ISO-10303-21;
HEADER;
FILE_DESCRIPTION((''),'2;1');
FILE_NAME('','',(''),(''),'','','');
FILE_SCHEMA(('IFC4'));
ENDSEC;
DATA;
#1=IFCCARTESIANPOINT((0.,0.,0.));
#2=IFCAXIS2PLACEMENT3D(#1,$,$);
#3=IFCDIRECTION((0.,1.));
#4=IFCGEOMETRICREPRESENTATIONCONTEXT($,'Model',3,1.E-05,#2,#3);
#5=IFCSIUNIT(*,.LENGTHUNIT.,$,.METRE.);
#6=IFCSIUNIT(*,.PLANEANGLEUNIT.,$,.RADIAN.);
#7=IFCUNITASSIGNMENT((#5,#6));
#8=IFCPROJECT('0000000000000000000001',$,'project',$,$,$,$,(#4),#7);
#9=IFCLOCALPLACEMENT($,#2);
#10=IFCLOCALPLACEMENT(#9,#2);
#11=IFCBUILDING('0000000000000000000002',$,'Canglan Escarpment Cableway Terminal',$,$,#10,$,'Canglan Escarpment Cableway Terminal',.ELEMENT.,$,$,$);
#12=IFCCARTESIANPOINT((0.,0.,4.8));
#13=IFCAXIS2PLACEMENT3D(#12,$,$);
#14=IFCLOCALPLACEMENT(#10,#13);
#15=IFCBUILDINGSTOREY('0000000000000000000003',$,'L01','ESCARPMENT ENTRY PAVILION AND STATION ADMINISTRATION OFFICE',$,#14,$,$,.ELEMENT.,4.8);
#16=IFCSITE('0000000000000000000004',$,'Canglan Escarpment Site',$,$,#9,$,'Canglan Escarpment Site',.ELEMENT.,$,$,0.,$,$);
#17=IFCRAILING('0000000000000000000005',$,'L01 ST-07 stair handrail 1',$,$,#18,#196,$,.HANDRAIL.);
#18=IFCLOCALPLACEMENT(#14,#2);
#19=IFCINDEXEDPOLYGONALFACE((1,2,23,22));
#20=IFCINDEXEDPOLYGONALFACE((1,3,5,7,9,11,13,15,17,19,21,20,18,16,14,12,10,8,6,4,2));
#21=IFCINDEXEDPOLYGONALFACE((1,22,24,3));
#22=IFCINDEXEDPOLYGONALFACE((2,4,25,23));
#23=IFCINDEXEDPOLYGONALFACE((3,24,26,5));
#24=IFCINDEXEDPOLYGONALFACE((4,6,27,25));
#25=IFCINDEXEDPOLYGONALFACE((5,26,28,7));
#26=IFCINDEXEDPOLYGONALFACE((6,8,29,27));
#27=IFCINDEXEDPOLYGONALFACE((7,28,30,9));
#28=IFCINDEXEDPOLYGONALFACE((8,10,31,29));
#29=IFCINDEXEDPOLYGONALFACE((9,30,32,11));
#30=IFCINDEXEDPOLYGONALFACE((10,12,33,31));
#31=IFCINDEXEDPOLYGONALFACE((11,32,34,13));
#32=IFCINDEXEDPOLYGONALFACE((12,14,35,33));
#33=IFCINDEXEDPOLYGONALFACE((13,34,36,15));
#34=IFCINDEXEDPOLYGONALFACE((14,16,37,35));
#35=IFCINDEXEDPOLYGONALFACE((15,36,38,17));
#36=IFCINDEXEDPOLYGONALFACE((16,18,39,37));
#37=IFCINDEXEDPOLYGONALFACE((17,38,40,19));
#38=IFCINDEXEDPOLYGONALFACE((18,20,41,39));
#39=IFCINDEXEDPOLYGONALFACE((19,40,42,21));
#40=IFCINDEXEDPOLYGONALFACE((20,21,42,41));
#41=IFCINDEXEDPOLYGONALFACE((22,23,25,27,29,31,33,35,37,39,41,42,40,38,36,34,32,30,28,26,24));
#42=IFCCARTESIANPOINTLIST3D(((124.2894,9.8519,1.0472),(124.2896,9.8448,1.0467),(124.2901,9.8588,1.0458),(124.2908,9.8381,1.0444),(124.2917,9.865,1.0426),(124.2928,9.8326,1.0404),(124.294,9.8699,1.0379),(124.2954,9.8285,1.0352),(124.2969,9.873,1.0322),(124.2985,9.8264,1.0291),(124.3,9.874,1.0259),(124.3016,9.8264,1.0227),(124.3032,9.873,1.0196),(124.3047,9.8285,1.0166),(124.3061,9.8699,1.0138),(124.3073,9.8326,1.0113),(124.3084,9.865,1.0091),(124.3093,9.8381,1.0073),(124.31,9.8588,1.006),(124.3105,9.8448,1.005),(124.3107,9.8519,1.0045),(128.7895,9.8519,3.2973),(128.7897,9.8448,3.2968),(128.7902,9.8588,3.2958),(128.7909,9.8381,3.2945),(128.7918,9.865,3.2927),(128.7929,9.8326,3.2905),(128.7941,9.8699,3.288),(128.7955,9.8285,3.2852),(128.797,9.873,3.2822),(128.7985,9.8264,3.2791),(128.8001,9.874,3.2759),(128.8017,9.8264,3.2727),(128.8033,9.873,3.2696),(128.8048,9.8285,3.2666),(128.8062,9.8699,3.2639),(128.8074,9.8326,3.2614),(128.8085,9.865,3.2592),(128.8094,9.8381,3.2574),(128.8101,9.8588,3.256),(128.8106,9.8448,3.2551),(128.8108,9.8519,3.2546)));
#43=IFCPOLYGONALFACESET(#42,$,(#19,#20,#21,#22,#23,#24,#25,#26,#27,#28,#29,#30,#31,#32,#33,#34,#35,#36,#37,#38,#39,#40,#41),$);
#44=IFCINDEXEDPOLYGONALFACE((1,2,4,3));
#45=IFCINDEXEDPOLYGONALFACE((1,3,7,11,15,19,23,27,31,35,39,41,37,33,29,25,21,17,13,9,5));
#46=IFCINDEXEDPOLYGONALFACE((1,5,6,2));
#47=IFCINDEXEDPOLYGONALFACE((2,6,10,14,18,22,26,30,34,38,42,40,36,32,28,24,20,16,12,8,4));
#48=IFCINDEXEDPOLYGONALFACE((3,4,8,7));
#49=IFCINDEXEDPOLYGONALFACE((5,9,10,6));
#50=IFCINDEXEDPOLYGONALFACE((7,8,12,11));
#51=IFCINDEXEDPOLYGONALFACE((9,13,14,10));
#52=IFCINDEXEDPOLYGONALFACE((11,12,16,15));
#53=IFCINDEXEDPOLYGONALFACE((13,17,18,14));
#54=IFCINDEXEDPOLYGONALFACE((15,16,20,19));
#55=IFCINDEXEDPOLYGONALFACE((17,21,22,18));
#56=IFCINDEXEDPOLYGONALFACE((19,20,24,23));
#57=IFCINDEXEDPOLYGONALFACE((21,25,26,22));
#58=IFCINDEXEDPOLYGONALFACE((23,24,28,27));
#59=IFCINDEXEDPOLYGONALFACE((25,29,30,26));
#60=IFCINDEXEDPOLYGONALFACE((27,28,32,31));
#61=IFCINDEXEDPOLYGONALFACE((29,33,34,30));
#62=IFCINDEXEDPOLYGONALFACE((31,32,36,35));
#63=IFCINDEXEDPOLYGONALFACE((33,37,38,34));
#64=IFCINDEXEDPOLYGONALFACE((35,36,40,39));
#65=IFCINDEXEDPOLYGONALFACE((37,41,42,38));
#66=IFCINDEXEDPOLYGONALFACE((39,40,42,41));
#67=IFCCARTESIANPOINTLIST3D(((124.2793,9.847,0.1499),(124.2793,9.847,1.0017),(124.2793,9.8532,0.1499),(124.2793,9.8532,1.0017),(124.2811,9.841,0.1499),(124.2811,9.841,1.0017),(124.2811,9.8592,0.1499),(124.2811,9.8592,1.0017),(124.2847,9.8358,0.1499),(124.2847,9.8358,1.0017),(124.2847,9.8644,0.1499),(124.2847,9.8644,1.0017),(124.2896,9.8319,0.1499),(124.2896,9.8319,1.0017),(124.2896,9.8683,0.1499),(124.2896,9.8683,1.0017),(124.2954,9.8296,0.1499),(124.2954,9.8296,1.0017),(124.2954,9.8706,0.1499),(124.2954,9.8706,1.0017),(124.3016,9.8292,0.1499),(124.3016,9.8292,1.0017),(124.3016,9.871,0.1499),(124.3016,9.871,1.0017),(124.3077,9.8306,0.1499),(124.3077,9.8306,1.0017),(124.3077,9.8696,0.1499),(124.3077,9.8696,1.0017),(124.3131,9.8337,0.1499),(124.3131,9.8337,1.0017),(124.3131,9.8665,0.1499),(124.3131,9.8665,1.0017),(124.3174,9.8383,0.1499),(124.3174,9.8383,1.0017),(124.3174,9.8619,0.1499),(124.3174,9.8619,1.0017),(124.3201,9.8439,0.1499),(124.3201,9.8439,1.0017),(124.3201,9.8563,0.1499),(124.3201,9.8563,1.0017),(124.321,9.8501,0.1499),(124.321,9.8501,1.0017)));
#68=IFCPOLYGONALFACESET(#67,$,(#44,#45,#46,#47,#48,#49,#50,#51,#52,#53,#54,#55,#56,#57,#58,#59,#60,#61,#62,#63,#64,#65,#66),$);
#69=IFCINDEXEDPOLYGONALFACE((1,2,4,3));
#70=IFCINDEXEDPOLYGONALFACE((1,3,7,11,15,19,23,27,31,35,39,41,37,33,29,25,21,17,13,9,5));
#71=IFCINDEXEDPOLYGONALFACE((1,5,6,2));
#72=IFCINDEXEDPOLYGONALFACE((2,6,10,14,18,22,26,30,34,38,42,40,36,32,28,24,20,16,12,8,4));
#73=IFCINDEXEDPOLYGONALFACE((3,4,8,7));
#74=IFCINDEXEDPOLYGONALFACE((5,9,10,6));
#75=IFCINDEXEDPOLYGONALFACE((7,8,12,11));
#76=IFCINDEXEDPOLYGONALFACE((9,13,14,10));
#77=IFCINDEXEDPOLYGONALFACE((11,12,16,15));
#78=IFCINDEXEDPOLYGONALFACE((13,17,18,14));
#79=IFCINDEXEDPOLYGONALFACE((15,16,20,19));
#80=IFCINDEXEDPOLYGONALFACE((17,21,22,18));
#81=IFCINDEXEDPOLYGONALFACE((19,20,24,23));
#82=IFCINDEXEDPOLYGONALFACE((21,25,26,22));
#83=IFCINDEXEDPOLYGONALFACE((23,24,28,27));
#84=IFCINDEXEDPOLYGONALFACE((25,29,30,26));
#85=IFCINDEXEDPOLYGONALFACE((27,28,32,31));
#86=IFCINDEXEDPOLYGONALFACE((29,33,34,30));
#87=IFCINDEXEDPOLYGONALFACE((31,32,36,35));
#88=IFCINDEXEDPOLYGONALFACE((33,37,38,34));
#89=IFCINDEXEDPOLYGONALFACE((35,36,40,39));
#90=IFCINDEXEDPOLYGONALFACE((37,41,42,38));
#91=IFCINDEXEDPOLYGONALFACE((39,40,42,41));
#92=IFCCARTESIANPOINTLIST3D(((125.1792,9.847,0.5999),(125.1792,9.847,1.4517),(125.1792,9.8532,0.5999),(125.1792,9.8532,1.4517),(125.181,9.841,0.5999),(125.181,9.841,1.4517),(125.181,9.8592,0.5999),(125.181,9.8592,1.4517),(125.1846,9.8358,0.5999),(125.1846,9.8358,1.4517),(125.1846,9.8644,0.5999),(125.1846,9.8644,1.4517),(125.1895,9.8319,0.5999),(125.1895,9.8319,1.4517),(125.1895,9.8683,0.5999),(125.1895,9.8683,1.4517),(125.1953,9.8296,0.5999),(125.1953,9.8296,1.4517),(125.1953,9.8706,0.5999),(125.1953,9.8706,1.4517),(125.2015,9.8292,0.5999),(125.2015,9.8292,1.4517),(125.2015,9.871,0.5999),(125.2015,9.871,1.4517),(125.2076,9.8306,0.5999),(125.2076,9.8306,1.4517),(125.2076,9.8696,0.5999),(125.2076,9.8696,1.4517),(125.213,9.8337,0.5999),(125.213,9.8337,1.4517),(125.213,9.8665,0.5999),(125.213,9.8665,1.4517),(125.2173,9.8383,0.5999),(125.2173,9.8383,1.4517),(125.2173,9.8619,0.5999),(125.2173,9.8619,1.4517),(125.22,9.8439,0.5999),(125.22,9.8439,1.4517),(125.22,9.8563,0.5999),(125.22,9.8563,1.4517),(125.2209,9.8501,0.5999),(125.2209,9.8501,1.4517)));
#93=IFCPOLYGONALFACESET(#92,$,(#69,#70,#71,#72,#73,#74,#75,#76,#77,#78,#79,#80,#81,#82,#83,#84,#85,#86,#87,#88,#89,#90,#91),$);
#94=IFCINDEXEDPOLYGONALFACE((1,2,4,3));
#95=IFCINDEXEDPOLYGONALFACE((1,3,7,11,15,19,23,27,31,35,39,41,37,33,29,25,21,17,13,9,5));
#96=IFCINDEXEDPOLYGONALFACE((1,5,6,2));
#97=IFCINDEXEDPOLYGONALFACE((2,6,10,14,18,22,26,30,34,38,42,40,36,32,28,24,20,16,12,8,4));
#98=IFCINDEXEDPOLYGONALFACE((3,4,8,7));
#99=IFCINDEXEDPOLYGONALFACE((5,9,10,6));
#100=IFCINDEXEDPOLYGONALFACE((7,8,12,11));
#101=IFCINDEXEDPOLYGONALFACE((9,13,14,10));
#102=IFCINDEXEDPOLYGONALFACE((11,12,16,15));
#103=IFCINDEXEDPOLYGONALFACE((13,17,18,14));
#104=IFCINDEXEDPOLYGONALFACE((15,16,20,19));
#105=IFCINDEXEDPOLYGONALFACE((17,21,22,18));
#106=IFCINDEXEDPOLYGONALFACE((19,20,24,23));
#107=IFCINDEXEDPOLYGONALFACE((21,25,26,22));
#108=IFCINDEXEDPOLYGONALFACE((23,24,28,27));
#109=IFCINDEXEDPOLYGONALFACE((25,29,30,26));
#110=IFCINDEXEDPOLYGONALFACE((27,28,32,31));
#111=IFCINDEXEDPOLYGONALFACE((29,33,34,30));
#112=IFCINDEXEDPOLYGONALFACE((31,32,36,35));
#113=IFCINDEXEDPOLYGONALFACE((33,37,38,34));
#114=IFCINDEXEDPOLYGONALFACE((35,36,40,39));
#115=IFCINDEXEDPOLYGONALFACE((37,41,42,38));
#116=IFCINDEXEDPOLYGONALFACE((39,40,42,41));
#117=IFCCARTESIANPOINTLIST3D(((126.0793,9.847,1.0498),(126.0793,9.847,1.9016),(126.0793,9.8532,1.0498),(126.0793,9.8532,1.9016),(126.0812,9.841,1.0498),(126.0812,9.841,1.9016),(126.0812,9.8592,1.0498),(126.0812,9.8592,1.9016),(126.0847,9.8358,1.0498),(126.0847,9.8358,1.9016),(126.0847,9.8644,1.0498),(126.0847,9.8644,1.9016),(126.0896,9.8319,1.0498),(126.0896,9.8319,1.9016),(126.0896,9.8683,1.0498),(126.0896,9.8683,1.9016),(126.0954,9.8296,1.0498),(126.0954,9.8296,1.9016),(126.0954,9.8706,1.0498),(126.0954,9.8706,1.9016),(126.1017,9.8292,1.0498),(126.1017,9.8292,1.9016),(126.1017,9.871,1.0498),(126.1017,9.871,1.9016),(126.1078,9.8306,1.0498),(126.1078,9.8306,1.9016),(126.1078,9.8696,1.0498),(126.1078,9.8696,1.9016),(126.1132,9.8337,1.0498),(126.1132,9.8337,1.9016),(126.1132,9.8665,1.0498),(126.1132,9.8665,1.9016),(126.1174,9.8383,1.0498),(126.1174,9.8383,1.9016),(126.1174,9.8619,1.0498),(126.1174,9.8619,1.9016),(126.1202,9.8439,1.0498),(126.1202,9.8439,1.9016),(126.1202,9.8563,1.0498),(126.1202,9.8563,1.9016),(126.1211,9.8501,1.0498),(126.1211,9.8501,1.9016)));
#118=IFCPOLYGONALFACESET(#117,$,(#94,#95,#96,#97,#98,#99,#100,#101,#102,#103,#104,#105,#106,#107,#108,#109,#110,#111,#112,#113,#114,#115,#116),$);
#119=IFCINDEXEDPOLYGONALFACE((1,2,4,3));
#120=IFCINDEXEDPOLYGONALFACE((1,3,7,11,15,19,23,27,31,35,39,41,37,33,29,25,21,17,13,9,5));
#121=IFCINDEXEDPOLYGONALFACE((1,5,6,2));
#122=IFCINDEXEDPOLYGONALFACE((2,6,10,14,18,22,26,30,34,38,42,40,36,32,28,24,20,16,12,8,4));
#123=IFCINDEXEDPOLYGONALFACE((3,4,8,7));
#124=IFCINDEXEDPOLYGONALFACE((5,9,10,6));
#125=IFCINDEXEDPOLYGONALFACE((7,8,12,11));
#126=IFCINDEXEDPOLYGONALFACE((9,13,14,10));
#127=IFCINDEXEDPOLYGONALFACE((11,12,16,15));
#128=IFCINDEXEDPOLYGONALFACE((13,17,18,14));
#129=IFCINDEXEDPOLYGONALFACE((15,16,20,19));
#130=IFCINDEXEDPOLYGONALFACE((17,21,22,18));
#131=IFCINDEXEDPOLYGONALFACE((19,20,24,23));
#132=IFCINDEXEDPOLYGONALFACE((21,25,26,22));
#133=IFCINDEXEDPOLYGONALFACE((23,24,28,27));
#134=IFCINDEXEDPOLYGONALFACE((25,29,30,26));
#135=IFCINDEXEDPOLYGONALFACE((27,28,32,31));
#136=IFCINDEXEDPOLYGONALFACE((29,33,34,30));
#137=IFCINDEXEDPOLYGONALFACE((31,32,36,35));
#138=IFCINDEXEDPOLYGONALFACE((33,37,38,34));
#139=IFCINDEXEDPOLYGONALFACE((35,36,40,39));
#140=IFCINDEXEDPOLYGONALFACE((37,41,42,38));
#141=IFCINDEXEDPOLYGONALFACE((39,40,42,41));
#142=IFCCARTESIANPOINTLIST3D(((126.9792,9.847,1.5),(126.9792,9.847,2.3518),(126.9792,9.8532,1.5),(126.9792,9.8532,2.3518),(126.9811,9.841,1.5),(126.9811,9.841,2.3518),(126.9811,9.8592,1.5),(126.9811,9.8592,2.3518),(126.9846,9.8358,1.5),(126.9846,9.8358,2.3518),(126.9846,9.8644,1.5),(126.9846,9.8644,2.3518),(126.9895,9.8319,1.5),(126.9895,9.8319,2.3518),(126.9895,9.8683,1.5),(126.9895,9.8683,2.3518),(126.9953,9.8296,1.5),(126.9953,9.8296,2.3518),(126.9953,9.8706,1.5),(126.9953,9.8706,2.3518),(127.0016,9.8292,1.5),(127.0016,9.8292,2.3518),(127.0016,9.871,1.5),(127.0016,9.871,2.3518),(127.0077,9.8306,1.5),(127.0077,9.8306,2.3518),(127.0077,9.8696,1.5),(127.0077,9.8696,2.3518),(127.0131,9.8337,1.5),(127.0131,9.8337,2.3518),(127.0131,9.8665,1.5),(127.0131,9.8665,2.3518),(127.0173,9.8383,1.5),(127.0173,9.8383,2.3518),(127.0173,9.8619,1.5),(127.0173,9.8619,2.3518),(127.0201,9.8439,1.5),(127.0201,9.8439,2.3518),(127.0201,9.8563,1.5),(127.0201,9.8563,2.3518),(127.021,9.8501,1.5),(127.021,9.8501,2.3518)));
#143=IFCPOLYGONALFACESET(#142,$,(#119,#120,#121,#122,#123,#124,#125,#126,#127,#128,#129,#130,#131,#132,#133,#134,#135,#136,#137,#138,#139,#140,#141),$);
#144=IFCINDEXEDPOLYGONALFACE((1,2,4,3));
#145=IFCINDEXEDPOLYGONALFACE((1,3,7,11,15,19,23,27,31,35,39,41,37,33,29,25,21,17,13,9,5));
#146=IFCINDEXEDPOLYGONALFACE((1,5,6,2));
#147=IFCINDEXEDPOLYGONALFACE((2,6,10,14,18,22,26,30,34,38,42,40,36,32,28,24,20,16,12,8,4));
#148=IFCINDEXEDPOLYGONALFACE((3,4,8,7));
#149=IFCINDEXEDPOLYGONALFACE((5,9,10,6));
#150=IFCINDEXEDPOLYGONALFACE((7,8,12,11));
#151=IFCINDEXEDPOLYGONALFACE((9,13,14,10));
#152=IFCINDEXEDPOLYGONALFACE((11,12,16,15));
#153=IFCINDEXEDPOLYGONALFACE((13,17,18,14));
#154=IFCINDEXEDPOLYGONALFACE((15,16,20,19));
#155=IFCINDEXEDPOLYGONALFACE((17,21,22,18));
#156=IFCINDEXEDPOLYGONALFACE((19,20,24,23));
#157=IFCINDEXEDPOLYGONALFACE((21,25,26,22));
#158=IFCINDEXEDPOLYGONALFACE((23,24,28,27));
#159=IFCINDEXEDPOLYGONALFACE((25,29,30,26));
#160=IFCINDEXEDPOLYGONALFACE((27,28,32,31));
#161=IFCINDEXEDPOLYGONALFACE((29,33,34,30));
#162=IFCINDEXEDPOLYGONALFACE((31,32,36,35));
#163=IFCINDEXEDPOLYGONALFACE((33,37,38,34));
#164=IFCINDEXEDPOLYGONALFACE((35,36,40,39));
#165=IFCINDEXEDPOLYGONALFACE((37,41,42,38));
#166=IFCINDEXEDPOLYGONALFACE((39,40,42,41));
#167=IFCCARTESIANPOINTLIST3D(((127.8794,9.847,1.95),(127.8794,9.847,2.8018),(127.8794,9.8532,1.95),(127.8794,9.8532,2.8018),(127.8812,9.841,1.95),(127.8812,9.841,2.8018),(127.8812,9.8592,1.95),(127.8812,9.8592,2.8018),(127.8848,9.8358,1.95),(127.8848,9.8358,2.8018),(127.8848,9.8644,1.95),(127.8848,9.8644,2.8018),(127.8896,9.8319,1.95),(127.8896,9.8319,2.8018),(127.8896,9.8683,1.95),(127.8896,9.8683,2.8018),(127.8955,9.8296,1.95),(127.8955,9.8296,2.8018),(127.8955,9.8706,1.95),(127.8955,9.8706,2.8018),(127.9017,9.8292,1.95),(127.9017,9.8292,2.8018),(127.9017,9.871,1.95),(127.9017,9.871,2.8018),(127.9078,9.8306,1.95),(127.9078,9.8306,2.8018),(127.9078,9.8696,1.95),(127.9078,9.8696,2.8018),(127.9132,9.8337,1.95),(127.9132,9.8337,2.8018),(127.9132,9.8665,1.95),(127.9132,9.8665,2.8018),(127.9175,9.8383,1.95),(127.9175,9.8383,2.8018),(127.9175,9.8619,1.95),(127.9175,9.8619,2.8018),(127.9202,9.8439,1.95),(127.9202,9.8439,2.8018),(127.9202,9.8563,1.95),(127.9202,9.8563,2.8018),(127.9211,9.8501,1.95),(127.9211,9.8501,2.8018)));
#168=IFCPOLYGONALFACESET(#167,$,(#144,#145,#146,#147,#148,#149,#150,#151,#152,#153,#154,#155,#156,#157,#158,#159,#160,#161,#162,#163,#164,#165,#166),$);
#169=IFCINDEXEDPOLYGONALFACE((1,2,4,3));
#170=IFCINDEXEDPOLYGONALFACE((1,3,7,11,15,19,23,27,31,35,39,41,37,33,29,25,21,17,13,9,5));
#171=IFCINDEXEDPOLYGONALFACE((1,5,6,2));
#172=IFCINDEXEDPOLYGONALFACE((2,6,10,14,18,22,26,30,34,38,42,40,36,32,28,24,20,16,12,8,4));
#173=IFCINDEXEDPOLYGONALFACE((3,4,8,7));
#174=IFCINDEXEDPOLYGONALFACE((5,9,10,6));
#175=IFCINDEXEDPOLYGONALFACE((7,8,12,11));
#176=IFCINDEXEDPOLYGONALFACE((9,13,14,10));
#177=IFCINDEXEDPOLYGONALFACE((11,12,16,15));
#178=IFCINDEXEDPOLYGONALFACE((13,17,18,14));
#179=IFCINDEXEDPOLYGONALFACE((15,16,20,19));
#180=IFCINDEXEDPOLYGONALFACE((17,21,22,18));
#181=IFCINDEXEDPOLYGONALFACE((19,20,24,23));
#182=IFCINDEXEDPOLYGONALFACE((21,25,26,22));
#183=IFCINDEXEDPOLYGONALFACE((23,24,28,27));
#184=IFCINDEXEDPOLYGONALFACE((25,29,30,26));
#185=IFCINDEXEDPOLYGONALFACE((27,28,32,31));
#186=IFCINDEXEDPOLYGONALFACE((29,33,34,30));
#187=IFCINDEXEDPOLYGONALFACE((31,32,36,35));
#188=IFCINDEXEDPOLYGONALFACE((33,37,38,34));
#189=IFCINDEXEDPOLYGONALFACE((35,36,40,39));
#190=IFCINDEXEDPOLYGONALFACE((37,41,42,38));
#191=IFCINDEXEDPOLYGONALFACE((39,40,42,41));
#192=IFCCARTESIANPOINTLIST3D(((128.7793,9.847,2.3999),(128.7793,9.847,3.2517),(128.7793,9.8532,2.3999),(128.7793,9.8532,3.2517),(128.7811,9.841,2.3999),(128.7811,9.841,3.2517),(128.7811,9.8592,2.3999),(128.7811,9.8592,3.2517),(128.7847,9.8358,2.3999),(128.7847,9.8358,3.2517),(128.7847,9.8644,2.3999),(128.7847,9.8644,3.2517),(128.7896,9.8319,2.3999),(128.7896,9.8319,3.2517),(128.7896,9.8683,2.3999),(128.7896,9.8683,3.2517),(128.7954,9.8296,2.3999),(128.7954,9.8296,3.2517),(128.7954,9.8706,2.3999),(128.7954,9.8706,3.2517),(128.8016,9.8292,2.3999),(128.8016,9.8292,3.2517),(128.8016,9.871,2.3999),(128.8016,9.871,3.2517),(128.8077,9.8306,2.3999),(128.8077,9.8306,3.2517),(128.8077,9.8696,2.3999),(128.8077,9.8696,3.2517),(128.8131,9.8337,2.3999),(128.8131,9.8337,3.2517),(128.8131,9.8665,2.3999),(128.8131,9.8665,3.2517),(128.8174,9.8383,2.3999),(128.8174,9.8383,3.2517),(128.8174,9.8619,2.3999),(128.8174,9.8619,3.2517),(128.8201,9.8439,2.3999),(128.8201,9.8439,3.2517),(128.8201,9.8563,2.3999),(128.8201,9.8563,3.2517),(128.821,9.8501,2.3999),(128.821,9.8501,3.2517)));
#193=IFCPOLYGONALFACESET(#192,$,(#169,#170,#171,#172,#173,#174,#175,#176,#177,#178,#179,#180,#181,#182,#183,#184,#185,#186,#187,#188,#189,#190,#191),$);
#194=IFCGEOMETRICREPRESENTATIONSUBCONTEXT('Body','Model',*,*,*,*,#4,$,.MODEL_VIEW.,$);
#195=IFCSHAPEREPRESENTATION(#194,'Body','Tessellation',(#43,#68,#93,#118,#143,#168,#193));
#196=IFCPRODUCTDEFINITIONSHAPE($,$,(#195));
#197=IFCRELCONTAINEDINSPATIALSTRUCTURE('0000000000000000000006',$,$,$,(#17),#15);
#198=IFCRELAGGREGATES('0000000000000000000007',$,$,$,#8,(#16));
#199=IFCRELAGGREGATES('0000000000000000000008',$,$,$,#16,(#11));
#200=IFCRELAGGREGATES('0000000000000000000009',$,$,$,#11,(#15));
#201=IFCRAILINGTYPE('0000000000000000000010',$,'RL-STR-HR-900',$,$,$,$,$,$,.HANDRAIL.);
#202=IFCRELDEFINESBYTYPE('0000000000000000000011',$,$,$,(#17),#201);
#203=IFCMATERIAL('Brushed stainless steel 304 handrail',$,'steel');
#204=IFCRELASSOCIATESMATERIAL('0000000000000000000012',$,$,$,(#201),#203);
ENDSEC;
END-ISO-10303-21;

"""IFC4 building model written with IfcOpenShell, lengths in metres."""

from ifc_helpers import new_model, si_unit, direction, frame, origin, origin_2d, place, context, subcontext, project, spatial, circle, extrude, material, type_object, element, save


model = new_model("IFC4")

# Units and contexts
model_context = context("Model", 3, precision=1e-05, world=origin(), true_north=direction((0.0, 1.0)))
body_context = subcontext(model_context, "Body", "Model", "MODEL_VIEW")
ifc_project = project(units=[si_unit("LENGTHUNIT", "METRE"), si_unit("PLANEANGLEUNIT", "RADIAN")], contexts=[model_context])

# Site, building, storey
site_placement = place(None, origin())
site = spatial("IfcSite", under=ifc_project, at=site_placement, Name="Canglan Escarpment Site", LongName="Canglan Escarpment Site", CompositionType="ELEMENT", RefElevation=0.0)
building_placement = place(site_placement, origin())
building = spatial("IfcBuilding", under=site, at=building_placement, Name="Canglan Escarpment Cableway Terminal", LongName="Canglan Escarpment Cableway Terminal", CompositionType="ELEMENT")
storey_placement = place(building_placement, frame((0.0, 0.0, 4.8)))
storey = spatial("IfcBuildingStorey", under=building, at=storey_placement, Name="L01", Description="ESCARPMENT ENTRY PAVILION AND STATION ADMINISTRATION OFFICE", CompositionType="ELEMENT", Elevation=4.8)

# Railing
ifc_material_1 = material(Name="Brushed stainless steel 304 handrail", Category="steel")
railing_type_1 = type_object("IfcRailingType", Name="RL-STR-HR-900", PredefinedType="HANDRAIL", material=ifc_material_1)
railing_1_placement = place(storey_placement, frame((124.3, 9.8501, 0.1499)))
element("IfcRailing", 1, at=railing_1_placement, inside=storey, type_object=railing_type_1, Name="L01 ST-07 stair handrail 1", PredefinedType="HANDRAIL", context=body_context, shape_type="SweptSolid", body=[
    extrude(circle(Radius=0.0239, at=origin_2d()), frame((0.0, 0.0, 0.876), z_axis=(0.894427, 0.0, 0.447214), x_axis=(0.0, 1.0, 0.0)), (0.0, 0.0, 1.0), 5.0312),
    extrude(circle(Radius=0.021, at=origin_2d()), origin(), (0.0, 0.0, 1.0), 0.8518),
    extrude(circle(Radius=0.021, at=origin_2d()), frame((0.8999, 0.0, 0.45)), (0.0, 0.0, 1.0), 0.8518),
    extrude(circle(Radius=0.021, at=origin_2d()), frame((1.8, 0.0, 0.8999)), (0.0, 0.0, 1.0), 0.8518),
    extrude(circle(Radius=0.021, at=origin_2d()), frame((2.7, 0.0, 1.3501)), (0.0, 0.0, 1.0), 0.8518),
    extrude(circle(Radius=0.021, at=origin_2d()), frame((3.6001, 0.0, 1.8)), (0.0, 0.0, 1.0), 0.8518),
    extrude(circle(Radius=0.021, at=origin_2d()), frame((4.5, 0.0, 2.25)), (0.0, 0.0, 1.0), 0.8518),
])

save(model, "model.ifc")
